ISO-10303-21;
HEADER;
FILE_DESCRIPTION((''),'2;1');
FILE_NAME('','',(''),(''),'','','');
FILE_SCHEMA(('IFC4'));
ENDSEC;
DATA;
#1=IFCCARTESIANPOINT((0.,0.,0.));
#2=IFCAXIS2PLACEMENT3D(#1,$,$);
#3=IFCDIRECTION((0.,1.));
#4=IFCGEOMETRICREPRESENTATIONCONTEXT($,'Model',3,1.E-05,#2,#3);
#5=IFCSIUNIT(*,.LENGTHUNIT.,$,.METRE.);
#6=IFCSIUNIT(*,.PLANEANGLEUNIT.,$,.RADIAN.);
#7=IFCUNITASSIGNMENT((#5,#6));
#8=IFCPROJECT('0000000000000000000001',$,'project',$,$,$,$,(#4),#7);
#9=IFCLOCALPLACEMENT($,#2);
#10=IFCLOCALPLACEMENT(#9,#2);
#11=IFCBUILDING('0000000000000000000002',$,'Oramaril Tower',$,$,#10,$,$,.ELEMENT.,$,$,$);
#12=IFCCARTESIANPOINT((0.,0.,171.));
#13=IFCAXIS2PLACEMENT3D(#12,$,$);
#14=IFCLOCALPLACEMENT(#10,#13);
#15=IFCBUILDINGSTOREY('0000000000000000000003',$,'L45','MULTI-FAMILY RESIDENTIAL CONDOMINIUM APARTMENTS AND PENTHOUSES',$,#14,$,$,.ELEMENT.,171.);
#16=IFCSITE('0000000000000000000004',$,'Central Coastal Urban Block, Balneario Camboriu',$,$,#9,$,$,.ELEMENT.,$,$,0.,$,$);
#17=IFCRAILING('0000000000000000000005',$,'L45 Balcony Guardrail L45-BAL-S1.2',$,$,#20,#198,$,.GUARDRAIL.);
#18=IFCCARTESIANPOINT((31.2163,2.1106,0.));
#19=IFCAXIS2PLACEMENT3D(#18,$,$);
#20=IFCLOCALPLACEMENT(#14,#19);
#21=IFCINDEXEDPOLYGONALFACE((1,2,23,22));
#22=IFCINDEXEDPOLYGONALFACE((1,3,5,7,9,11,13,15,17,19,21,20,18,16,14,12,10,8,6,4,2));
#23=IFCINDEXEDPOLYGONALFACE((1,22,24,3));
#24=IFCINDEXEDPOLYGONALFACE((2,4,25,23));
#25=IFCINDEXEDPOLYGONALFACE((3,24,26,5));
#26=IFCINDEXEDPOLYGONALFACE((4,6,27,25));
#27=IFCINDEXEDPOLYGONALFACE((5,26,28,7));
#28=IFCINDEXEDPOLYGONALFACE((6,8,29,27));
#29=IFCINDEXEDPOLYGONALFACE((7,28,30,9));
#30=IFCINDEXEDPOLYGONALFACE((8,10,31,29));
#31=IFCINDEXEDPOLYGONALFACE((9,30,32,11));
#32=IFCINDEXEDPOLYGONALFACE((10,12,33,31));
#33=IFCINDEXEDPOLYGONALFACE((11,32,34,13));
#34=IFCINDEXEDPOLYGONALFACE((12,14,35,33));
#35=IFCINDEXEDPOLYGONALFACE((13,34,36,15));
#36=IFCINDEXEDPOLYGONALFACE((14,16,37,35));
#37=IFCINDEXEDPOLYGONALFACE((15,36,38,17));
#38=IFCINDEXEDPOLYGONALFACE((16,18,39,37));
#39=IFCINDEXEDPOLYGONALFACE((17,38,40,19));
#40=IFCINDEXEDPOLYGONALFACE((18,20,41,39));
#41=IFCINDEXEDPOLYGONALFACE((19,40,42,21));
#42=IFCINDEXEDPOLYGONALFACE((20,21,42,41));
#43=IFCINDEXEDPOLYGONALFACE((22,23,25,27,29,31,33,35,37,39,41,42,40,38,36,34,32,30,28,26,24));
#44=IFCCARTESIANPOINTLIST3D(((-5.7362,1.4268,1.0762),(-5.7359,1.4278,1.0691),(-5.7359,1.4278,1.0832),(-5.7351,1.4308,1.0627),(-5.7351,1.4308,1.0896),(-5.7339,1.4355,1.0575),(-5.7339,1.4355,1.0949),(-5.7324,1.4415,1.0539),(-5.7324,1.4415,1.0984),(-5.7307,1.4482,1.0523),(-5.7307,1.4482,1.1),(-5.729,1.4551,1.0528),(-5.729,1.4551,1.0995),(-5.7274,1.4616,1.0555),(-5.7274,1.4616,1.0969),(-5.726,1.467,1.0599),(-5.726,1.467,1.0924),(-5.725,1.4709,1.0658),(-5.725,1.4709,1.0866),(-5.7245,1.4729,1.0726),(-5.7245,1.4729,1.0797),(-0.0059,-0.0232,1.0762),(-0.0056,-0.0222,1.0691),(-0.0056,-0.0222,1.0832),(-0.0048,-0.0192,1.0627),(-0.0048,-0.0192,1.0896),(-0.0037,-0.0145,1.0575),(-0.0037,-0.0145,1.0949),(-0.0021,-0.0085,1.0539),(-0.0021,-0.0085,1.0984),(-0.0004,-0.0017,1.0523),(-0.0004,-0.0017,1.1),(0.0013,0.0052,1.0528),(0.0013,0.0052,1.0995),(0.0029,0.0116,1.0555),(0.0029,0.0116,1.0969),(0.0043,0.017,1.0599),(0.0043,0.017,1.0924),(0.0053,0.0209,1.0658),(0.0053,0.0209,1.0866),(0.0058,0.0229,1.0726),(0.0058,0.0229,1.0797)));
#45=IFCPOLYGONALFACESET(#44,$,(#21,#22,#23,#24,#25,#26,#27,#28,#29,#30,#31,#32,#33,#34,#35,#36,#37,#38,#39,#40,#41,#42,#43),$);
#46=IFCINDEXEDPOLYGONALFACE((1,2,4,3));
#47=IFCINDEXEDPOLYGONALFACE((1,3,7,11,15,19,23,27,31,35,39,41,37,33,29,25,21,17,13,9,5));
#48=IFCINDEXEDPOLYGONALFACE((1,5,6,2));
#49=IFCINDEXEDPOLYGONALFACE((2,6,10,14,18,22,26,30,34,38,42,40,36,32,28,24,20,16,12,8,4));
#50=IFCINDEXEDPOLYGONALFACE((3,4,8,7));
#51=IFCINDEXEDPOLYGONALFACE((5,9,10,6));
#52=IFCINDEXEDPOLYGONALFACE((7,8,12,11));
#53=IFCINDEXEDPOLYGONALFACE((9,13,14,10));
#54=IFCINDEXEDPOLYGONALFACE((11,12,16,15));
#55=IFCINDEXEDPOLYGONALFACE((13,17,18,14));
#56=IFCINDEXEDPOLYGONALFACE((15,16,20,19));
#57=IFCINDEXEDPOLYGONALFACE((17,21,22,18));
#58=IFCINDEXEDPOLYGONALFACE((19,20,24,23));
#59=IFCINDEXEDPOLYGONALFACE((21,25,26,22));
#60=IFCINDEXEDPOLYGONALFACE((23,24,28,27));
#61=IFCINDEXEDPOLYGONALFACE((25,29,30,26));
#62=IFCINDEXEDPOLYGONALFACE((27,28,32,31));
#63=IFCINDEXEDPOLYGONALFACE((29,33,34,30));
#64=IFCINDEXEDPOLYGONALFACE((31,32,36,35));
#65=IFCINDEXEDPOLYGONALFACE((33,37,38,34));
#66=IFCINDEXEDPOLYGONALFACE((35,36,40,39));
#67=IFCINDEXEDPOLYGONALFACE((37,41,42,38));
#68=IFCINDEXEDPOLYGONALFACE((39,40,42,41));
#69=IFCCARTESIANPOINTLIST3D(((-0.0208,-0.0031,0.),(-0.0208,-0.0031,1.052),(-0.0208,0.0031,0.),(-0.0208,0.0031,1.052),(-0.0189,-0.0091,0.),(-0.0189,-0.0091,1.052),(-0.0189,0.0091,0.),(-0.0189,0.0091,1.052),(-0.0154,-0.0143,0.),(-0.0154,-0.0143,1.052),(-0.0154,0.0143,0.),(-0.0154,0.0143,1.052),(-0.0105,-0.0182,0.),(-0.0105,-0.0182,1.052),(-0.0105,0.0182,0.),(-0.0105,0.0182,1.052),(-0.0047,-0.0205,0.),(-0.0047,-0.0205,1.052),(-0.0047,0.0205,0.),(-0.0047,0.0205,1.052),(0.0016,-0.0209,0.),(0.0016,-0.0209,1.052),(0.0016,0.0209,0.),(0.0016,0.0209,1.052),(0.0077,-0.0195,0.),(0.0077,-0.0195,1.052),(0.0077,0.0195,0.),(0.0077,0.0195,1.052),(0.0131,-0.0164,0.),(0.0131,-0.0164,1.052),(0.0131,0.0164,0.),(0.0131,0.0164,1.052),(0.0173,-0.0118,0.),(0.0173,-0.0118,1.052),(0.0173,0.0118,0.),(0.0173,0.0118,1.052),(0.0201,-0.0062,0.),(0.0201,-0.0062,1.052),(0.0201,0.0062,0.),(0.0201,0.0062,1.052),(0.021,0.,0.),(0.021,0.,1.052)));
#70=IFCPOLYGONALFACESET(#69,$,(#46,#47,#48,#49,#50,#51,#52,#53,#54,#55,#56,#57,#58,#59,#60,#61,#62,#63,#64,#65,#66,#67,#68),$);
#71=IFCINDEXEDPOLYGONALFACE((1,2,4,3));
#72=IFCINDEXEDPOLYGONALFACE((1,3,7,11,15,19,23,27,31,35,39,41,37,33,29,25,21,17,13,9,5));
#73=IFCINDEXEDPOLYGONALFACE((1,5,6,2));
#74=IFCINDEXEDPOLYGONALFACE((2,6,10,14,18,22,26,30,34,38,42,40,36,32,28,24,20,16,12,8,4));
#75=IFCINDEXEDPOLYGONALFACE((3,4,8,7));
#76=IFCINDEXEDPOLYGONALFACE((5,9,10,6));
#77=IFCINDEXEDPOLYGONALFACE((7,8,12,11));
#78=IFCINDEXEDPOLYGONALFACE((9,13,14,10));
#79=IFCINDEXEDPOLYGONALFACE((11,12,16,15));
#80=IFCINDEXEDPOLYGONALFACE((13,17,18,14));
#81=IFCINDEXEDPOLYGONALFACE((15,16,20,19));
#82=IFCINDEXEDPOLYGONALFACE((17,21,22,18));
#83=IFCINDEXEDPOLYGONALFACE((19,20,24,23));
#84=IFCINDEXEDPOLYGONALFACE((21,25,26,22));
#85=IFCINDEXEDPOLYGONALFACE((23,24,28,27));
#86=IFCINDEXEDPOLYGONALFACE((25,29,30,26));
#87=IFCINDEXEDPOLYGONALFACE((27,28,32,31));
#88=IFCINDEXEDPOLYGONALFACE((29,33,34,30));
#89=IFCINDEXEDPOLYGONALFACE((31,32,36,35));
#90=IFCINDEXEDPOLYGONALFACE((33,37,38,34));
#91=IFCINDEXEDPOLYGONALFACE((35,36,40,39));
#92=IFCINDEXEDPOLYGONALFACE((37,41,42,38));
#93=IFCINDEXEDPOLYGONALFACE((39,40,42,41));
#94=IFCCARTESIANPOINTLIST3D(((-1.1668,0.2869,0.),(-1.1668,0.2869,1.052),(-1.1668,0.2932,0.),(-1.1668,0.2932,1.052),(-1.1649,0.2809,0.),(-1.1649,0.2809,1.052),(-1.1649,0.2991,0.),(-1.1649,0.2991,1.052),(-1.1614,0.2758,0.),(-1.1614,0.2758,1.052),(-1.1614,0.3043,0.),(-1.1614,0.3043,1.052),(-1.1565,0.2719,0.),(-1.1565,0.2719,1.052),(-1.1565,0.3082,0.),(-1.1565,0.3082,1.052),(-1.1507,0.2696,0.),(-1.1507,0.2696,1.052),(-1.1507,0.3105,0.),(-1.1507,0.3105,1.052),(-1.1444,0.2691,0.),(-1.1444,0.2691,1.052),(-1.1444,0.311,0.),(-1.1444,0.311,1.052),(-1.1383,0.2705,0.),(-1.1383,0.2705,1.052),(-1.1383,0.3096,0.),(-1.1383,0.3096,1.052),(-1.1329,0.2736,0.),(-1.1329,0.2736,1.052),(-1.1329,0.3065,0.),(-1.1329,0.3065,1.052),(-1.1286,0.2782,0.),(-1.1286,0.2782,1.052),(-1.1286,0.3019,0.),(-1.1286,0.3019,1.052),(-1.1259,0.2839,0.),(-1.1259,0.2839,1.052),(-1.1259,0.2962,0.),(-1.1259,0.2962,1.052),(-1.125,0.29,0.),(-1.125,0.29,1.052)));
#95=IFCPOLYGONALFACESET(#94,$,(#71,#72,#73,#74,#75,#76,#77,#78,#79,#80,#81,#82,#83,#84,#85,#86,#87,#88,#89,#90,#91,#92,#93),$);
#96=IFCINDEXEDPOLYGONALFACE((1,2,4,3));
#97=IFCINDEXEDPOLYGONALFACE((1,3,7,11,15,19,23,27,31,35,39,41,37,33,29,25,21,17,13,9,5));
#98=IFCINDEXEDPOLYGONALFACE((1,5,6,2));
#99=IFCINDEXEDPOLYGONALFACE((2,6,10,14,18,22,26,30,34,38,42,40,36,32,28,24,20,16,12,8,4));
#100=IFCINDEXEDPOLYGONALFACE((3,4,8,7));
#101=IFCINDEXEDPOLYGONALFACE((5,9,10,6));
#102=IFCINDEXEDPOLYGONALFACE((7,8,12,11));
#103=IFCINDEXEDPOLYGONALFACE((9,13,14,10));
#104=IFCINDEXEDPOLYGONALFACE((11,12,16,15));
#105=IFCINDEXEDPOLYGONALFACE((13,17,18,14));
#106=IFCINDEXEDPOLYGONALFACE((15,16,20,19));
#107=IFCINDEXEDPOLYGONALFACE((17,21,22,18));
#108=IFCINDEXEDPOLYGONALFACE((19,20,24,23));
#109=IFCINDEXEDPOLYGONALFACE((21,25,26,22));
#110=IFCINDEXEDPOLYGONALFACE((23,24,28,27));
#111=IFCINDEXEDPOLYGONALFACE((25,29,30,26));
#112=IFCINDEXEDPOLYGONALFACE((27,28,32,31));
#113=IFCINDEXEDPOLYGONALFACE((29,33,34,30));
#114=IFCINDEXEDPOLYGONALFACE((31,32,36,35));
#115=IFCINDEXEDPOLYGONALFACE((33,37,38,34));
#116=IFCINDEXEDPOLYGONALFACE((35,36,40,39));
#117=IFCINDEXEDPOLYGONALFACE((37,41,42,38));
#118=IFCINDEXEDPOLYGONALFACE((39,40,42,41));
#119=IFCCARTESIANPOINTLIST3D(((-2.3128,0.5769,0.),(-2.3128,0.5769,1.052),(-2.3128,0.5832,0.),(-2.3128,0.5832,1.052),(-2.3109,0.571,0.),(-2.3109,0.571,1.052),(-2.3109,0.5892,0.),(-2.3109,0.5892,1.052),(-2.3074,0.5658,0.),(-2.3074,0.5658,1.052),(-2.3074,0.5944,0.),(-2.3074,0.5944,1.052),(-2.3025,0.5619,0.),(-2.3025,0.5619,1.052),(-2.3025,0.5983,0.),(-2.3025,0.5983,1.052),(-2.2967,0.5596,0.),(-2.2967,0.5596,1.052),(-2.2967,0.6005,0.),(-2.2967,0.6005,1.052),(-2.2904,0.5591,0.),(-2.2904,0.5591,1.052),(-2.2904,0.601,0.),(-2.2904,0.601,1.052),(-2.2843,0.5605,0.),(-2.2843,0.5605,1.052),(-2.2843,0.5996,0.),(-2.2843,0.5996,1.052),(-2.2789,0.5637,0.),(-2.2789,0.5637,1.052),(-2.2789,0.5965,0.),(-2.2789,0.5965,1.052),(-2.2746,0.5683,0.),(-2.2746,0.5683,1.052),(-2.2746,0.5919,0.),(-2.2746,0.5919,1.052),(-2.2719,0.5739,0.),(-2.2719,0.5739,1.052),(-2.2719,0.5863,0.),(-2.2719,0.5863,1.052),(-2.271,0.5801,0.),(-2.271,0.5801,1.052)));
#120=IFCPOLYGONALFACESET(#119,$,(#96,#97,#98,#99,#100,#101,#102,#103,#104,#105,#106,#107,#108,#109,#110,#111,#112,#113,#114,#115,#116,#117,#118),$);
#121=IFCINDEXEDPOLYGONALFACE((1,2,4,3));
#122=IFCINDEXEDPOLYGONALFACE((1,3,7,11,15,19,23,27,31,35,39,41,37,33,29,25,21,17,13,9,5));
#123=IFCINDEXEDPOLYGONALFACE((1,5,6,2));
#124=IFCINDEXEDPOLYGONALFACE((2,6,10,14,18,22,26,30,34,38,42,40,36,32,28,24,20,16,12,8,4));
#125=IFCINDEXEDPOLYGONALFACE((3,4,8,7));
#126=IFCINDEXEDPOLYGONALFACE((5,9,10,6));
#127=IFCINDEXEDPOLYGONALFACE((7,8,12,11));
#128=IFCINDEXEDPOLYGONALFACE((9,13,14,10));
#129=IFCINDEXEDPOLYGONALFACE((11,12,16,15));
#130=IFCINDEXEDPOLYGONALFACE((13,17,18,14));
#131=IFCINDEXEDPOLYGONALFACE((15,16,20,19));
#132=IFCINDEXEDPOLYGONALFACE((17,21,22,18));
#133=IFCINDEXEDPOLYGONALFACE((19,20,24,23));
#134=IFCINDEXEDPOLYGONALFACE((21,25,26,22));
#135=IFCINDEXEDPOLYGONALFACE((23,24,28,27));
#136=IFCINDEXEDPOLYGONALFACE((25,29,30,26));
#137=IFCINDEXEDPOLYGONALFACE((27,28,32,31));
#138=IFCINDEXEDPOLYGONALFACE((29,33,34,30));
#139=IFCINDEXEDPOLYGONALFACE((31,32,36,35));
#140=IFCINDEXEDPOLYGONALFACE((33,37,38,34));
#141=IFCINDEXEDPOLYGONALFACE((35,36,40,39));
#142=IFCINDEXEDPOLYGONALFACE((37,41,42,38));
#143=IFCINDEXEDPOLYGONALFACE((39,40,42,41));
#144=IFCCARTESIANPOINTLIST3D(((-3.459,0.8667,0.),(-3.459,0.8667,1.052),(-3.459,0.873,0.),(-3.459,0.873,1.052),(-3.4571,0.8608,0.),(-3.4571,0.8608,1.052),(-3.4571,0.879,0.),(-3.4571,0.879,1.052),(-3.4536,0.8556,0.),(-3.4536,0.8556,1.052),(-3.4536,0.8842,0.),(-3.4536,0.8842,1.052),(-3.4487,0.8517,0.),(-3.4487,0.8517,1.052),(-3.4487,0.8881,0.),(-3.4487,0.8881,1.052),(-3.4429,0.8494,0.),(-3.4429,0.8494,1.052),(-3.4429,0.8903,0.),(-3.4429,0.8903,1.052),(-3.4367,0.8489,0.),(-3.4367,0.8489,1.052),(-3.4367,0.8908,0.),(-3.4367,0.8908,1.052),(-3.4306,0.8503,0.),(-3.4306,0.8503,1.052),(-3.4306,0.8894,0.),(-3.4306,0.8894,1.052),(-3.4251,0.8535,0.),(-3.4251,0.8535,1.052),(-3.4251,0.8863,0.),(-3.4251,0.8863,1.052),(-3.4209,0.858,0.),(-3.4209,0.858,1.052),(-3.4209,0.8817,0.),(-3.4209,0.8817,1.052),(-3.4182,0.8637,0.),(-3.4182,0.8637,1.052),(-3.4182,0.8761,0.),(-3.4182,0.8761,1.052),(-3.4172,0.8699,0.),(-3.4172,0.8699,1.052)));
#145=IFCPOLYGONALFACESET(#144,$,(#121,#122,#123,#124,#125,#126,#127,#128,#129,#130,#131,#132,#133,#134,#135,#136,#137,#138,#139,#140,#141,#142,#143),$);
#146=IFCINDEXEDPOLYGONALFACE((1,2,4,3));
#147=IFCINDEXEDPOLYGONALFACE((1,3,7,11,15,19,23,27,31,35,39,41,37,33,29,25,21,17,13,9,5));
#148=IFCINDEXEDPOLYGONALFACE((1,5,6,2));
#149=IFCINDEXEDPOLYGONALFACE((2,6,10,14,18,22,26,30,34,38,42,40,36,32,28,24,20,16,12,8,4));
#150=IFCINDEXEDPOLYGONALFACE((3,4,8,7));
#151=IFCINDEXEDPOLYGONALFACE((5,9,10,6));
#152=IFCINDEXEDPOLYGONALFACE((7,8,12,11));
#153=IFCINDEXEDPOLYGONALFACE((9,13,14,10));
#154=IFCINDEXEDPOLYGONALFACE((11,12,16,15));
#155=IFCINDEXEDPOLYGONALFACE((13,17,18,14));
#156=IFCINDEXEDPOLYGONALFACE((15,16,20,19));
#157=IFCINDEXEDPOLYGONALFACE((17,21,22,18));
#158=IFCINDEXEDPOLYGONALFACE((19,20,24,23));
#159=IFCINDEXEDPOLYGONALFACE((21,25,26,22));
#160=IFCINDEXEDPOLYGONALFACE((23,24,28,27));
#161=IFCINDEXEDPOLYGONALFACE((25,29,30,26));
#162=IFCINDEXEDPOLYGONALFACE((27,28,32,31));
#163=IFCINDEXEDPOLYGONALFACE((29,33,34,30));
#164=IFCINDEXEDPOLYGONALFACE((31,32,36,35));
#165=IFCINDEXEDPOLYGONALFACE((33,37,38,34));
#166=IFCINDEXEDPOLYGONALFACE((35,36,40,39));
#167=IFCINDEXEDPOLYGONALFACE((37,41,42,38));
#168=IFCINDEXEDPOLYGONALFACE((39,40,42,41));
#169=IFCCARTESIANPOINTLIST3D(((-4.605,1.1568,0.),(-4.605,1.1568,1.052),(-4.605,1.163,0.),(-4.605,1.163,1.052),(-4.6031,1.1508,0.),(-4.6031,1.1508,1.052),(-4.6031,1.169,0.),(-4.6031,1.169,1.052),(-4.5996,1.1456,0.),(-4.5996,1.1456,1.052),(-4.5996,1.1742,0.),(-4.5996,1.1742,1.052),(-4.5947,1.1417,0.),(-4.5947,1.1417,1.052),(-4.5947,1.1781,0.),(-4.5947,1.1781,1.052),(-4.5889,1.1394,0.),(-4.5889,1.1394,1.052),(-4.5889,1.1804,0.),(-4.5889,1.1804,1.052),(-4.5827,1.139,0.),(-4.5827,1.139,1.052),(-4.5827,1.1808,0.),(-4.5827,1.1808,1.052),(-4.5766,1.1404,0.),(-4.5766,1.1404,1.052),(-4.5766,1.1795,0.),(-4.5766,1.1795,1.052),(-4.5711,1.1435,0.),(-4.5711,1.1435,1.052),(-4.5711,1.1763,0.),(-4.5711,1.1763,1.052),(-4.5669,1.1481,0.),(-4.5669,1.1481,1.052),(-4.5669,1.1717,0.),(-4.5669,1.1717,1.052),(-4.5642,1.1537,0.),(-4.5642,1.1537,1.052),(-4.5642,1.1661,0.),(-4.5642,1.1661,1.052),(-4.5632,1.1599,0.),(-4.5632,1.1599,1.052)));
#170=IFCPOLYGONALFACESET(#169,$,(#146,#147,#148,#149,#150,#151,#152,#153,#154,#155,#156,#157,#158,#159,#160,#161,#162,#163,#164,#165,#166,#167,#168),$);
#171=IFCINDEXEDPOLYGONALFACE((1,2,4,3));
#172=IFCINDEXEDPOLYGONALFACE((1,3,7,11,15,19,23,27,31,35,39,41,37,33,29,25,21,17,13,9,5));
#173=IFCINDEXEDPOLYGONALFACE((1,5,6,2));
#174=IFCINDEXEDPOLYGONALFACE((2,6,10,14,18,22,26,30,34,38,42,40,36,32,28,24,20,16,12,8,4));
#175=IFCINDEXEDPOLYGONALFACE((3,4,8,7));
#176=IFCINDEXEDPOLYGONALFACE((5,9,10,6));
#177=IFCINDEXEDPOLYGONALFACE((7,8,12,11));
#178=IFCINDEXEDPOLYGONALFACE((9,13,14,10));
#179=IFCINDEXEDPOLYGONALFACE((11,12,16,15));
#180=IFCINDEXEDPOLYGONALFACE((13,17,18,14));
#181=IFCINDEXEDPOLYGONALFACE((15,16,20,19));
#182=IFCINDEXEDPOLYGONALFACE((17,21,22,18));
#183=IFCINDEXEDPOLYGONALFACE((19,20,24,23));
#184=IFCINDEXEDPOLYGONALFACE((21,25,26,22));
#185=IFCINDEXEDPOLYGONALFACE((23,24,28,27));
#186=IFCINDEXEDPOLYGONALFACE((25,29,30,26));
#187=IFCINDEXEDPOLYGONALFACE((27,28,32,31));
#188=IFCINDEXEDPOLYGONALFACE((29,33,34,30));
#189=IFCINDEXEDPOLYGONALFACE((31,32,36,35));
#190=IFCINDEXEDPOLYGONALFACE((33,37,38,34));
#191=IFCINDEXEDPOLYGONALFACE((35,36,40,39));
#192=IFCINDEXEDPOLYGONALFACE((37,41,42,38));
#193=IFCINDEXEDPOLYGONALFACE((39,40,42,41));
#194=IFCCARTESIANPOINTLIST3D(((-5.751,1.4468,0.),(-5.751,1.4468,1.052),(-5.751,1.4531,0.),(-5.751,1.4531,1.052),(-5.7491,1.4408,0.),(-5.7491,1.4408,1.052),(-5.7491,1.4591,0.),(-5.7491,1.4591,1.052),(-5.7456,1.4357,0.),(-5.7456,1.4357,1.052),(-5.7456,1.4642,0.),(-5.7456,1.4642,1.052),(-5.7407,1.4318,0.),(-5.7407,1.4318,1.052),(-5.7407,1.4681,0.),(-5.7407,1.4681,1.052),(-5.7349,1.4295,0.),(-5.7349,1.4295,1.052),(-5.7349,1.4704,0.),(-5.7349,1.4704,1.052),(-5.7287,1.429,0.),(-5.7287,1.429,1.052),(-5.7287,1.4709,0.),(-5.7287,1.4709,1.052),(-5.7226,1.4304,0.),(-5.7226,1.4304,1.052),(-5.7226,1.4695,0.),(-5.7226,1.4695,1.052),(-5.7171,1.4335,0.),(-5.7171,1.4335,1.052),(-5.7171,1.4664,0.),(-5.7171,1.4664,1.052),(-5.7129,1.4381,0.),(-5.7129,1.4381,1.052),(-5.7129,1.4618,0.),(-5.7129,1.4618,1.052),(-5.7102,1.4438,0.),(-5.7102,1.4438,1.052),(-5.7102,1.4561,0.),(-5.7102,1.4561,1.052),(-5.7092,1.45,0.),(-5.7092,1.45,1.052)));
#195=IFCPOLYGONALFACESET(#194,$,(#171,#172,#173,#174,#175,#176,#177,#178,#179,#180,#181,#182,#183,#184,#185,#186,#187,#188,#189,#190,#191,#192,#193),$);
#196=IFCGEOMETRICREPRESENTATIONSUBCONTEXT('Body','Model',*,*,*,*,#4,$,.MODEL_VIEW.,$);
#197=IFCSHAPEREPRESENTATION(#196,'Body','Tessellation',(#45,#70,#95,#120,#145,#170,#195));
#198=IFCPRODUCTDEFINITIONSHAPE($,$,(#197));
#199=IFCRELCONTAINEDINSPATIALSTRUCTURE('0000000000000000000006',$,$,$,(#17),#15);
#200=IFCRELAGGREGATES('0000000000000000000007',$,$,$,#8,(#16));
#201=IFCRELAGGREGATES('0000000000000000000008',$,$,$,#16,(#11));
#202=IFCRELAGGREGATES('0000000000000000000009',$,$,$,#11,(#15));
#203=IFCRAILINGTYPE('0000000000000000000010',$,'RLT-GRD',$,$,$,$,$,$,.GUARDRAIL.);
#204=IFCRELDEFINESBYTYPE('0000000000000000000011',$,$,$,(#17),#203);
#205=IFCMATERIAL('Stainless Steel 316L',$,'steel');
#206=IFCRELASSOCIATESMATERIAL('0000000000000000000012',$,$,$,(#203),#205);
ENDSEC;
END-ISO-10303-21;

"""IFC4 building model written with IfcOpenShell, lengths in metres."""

from ifc_helpers import new_model, si_unit, direction, frame, origin, origin_2d, place, context, subcontext, project, spatial, circle, extrude, material, type_object, element, save


model = new_model("IFC4")

# Units and contexts
model_context = context("Model", 3, precision=1e-05, world=origin(), true_north=direction((0.0, 1.0)))
body_context = subcontext(model_context, "Body", "Model", "MODEL_VIEW")
ifc_project = project(units=[si_unit("LENGTHUNIT", "METRE"), si_unit("PLANEANGLEUNIT", "RADIAN")], contexts=[model_context])

# Site, building, storey
site_placement = place(None, origin())
site = spatial("IfcSite", under=ifc_project, at=site_placement, Name="Central Coastal Urban Block, Balneario Camboriu", CompositionType="ELEMENT", RefElevation=0.0)
building_placement = place(site_placement, origin())
building = spatial("IfcBuilding", under=site, at=building_placement, Name="Oramaril Tower", CompositionType="ELEMENT")
storey_placement = place(building_placement, frame((0.0, 0.0, 171.0)))
storey = spatial("IfcBuildingStorey", under=building, at=storey_placement, Name="L45", Description="MULTI-FAMILY RESIDENTIAL CONDOMINIUM APARTMENTS AND PENTHOUSES", CompositionType="ELEMENT", Elevation=171.0)

# Railing
ifc_material_1 = material(Name="Stainless Steel 316L", Category="steel")
railing_type = type_object("IfcRailingType", Name="RLT-GRD", PredefinedType="GUARDRAIL", material=ifc_material_1)
railing_1_placement = place(storey_placement, frame((31.2163, 2.1106, 0.0)))
element("IfcRailing", 1, at=railing_1_placement, inside=storey, type_object=railing_type, Name="L45 Balcony Guardrail L45-BAL-S1.2", PredefinedType="GUARDRAIL", context=body_context, shape_type="SweptSolid", body=[
    extrude(circle(Radius=0.0239, at=origin_2d()), frame((0.0, 0.0, 1.0762), z_axis=(-0.969446, 0.245304, 0.0), x_axis=(-0.245304, -0.969446, 0.0)), (0.0, 0.0, 1.0), 5.9109),
    extrude(circle(Radius=0.021, at=origin_2d()), origin(), (0.0, 0.0, 1.0), 1.052),
    extrude(circle(Radius=0.021, at=origin_2d()), frame((-1.146, 0.29, 0.0)), (0.0, 0.0, 1.0), 1.052),
    extrude(circle(Radius=0.021, at=origin_2d()), frame((-2.292, 0.5801, 0.0)), (0.0, 0.0, 1.0), 1.052),
    extrude(circle(Radius=0.021, at=origin_2d()), frame((-3.4382, 0.8699, 0.0)), (0.0, 0.0, 1.0), 1.052),
    extrude(circle(Radius=0.021, at=origin_2d()), frame((-4.5842, 1.1599, 0.0)), (0.0, 0.0, 1.0), 1.052),
    extrude(circle(Radius=0.021, at=origin_2d()), frame((-5.7302, 1.45, 0.0)), (0.0, 0.0, 1.0), 1.052),
])

save(model, "model.ifc")
